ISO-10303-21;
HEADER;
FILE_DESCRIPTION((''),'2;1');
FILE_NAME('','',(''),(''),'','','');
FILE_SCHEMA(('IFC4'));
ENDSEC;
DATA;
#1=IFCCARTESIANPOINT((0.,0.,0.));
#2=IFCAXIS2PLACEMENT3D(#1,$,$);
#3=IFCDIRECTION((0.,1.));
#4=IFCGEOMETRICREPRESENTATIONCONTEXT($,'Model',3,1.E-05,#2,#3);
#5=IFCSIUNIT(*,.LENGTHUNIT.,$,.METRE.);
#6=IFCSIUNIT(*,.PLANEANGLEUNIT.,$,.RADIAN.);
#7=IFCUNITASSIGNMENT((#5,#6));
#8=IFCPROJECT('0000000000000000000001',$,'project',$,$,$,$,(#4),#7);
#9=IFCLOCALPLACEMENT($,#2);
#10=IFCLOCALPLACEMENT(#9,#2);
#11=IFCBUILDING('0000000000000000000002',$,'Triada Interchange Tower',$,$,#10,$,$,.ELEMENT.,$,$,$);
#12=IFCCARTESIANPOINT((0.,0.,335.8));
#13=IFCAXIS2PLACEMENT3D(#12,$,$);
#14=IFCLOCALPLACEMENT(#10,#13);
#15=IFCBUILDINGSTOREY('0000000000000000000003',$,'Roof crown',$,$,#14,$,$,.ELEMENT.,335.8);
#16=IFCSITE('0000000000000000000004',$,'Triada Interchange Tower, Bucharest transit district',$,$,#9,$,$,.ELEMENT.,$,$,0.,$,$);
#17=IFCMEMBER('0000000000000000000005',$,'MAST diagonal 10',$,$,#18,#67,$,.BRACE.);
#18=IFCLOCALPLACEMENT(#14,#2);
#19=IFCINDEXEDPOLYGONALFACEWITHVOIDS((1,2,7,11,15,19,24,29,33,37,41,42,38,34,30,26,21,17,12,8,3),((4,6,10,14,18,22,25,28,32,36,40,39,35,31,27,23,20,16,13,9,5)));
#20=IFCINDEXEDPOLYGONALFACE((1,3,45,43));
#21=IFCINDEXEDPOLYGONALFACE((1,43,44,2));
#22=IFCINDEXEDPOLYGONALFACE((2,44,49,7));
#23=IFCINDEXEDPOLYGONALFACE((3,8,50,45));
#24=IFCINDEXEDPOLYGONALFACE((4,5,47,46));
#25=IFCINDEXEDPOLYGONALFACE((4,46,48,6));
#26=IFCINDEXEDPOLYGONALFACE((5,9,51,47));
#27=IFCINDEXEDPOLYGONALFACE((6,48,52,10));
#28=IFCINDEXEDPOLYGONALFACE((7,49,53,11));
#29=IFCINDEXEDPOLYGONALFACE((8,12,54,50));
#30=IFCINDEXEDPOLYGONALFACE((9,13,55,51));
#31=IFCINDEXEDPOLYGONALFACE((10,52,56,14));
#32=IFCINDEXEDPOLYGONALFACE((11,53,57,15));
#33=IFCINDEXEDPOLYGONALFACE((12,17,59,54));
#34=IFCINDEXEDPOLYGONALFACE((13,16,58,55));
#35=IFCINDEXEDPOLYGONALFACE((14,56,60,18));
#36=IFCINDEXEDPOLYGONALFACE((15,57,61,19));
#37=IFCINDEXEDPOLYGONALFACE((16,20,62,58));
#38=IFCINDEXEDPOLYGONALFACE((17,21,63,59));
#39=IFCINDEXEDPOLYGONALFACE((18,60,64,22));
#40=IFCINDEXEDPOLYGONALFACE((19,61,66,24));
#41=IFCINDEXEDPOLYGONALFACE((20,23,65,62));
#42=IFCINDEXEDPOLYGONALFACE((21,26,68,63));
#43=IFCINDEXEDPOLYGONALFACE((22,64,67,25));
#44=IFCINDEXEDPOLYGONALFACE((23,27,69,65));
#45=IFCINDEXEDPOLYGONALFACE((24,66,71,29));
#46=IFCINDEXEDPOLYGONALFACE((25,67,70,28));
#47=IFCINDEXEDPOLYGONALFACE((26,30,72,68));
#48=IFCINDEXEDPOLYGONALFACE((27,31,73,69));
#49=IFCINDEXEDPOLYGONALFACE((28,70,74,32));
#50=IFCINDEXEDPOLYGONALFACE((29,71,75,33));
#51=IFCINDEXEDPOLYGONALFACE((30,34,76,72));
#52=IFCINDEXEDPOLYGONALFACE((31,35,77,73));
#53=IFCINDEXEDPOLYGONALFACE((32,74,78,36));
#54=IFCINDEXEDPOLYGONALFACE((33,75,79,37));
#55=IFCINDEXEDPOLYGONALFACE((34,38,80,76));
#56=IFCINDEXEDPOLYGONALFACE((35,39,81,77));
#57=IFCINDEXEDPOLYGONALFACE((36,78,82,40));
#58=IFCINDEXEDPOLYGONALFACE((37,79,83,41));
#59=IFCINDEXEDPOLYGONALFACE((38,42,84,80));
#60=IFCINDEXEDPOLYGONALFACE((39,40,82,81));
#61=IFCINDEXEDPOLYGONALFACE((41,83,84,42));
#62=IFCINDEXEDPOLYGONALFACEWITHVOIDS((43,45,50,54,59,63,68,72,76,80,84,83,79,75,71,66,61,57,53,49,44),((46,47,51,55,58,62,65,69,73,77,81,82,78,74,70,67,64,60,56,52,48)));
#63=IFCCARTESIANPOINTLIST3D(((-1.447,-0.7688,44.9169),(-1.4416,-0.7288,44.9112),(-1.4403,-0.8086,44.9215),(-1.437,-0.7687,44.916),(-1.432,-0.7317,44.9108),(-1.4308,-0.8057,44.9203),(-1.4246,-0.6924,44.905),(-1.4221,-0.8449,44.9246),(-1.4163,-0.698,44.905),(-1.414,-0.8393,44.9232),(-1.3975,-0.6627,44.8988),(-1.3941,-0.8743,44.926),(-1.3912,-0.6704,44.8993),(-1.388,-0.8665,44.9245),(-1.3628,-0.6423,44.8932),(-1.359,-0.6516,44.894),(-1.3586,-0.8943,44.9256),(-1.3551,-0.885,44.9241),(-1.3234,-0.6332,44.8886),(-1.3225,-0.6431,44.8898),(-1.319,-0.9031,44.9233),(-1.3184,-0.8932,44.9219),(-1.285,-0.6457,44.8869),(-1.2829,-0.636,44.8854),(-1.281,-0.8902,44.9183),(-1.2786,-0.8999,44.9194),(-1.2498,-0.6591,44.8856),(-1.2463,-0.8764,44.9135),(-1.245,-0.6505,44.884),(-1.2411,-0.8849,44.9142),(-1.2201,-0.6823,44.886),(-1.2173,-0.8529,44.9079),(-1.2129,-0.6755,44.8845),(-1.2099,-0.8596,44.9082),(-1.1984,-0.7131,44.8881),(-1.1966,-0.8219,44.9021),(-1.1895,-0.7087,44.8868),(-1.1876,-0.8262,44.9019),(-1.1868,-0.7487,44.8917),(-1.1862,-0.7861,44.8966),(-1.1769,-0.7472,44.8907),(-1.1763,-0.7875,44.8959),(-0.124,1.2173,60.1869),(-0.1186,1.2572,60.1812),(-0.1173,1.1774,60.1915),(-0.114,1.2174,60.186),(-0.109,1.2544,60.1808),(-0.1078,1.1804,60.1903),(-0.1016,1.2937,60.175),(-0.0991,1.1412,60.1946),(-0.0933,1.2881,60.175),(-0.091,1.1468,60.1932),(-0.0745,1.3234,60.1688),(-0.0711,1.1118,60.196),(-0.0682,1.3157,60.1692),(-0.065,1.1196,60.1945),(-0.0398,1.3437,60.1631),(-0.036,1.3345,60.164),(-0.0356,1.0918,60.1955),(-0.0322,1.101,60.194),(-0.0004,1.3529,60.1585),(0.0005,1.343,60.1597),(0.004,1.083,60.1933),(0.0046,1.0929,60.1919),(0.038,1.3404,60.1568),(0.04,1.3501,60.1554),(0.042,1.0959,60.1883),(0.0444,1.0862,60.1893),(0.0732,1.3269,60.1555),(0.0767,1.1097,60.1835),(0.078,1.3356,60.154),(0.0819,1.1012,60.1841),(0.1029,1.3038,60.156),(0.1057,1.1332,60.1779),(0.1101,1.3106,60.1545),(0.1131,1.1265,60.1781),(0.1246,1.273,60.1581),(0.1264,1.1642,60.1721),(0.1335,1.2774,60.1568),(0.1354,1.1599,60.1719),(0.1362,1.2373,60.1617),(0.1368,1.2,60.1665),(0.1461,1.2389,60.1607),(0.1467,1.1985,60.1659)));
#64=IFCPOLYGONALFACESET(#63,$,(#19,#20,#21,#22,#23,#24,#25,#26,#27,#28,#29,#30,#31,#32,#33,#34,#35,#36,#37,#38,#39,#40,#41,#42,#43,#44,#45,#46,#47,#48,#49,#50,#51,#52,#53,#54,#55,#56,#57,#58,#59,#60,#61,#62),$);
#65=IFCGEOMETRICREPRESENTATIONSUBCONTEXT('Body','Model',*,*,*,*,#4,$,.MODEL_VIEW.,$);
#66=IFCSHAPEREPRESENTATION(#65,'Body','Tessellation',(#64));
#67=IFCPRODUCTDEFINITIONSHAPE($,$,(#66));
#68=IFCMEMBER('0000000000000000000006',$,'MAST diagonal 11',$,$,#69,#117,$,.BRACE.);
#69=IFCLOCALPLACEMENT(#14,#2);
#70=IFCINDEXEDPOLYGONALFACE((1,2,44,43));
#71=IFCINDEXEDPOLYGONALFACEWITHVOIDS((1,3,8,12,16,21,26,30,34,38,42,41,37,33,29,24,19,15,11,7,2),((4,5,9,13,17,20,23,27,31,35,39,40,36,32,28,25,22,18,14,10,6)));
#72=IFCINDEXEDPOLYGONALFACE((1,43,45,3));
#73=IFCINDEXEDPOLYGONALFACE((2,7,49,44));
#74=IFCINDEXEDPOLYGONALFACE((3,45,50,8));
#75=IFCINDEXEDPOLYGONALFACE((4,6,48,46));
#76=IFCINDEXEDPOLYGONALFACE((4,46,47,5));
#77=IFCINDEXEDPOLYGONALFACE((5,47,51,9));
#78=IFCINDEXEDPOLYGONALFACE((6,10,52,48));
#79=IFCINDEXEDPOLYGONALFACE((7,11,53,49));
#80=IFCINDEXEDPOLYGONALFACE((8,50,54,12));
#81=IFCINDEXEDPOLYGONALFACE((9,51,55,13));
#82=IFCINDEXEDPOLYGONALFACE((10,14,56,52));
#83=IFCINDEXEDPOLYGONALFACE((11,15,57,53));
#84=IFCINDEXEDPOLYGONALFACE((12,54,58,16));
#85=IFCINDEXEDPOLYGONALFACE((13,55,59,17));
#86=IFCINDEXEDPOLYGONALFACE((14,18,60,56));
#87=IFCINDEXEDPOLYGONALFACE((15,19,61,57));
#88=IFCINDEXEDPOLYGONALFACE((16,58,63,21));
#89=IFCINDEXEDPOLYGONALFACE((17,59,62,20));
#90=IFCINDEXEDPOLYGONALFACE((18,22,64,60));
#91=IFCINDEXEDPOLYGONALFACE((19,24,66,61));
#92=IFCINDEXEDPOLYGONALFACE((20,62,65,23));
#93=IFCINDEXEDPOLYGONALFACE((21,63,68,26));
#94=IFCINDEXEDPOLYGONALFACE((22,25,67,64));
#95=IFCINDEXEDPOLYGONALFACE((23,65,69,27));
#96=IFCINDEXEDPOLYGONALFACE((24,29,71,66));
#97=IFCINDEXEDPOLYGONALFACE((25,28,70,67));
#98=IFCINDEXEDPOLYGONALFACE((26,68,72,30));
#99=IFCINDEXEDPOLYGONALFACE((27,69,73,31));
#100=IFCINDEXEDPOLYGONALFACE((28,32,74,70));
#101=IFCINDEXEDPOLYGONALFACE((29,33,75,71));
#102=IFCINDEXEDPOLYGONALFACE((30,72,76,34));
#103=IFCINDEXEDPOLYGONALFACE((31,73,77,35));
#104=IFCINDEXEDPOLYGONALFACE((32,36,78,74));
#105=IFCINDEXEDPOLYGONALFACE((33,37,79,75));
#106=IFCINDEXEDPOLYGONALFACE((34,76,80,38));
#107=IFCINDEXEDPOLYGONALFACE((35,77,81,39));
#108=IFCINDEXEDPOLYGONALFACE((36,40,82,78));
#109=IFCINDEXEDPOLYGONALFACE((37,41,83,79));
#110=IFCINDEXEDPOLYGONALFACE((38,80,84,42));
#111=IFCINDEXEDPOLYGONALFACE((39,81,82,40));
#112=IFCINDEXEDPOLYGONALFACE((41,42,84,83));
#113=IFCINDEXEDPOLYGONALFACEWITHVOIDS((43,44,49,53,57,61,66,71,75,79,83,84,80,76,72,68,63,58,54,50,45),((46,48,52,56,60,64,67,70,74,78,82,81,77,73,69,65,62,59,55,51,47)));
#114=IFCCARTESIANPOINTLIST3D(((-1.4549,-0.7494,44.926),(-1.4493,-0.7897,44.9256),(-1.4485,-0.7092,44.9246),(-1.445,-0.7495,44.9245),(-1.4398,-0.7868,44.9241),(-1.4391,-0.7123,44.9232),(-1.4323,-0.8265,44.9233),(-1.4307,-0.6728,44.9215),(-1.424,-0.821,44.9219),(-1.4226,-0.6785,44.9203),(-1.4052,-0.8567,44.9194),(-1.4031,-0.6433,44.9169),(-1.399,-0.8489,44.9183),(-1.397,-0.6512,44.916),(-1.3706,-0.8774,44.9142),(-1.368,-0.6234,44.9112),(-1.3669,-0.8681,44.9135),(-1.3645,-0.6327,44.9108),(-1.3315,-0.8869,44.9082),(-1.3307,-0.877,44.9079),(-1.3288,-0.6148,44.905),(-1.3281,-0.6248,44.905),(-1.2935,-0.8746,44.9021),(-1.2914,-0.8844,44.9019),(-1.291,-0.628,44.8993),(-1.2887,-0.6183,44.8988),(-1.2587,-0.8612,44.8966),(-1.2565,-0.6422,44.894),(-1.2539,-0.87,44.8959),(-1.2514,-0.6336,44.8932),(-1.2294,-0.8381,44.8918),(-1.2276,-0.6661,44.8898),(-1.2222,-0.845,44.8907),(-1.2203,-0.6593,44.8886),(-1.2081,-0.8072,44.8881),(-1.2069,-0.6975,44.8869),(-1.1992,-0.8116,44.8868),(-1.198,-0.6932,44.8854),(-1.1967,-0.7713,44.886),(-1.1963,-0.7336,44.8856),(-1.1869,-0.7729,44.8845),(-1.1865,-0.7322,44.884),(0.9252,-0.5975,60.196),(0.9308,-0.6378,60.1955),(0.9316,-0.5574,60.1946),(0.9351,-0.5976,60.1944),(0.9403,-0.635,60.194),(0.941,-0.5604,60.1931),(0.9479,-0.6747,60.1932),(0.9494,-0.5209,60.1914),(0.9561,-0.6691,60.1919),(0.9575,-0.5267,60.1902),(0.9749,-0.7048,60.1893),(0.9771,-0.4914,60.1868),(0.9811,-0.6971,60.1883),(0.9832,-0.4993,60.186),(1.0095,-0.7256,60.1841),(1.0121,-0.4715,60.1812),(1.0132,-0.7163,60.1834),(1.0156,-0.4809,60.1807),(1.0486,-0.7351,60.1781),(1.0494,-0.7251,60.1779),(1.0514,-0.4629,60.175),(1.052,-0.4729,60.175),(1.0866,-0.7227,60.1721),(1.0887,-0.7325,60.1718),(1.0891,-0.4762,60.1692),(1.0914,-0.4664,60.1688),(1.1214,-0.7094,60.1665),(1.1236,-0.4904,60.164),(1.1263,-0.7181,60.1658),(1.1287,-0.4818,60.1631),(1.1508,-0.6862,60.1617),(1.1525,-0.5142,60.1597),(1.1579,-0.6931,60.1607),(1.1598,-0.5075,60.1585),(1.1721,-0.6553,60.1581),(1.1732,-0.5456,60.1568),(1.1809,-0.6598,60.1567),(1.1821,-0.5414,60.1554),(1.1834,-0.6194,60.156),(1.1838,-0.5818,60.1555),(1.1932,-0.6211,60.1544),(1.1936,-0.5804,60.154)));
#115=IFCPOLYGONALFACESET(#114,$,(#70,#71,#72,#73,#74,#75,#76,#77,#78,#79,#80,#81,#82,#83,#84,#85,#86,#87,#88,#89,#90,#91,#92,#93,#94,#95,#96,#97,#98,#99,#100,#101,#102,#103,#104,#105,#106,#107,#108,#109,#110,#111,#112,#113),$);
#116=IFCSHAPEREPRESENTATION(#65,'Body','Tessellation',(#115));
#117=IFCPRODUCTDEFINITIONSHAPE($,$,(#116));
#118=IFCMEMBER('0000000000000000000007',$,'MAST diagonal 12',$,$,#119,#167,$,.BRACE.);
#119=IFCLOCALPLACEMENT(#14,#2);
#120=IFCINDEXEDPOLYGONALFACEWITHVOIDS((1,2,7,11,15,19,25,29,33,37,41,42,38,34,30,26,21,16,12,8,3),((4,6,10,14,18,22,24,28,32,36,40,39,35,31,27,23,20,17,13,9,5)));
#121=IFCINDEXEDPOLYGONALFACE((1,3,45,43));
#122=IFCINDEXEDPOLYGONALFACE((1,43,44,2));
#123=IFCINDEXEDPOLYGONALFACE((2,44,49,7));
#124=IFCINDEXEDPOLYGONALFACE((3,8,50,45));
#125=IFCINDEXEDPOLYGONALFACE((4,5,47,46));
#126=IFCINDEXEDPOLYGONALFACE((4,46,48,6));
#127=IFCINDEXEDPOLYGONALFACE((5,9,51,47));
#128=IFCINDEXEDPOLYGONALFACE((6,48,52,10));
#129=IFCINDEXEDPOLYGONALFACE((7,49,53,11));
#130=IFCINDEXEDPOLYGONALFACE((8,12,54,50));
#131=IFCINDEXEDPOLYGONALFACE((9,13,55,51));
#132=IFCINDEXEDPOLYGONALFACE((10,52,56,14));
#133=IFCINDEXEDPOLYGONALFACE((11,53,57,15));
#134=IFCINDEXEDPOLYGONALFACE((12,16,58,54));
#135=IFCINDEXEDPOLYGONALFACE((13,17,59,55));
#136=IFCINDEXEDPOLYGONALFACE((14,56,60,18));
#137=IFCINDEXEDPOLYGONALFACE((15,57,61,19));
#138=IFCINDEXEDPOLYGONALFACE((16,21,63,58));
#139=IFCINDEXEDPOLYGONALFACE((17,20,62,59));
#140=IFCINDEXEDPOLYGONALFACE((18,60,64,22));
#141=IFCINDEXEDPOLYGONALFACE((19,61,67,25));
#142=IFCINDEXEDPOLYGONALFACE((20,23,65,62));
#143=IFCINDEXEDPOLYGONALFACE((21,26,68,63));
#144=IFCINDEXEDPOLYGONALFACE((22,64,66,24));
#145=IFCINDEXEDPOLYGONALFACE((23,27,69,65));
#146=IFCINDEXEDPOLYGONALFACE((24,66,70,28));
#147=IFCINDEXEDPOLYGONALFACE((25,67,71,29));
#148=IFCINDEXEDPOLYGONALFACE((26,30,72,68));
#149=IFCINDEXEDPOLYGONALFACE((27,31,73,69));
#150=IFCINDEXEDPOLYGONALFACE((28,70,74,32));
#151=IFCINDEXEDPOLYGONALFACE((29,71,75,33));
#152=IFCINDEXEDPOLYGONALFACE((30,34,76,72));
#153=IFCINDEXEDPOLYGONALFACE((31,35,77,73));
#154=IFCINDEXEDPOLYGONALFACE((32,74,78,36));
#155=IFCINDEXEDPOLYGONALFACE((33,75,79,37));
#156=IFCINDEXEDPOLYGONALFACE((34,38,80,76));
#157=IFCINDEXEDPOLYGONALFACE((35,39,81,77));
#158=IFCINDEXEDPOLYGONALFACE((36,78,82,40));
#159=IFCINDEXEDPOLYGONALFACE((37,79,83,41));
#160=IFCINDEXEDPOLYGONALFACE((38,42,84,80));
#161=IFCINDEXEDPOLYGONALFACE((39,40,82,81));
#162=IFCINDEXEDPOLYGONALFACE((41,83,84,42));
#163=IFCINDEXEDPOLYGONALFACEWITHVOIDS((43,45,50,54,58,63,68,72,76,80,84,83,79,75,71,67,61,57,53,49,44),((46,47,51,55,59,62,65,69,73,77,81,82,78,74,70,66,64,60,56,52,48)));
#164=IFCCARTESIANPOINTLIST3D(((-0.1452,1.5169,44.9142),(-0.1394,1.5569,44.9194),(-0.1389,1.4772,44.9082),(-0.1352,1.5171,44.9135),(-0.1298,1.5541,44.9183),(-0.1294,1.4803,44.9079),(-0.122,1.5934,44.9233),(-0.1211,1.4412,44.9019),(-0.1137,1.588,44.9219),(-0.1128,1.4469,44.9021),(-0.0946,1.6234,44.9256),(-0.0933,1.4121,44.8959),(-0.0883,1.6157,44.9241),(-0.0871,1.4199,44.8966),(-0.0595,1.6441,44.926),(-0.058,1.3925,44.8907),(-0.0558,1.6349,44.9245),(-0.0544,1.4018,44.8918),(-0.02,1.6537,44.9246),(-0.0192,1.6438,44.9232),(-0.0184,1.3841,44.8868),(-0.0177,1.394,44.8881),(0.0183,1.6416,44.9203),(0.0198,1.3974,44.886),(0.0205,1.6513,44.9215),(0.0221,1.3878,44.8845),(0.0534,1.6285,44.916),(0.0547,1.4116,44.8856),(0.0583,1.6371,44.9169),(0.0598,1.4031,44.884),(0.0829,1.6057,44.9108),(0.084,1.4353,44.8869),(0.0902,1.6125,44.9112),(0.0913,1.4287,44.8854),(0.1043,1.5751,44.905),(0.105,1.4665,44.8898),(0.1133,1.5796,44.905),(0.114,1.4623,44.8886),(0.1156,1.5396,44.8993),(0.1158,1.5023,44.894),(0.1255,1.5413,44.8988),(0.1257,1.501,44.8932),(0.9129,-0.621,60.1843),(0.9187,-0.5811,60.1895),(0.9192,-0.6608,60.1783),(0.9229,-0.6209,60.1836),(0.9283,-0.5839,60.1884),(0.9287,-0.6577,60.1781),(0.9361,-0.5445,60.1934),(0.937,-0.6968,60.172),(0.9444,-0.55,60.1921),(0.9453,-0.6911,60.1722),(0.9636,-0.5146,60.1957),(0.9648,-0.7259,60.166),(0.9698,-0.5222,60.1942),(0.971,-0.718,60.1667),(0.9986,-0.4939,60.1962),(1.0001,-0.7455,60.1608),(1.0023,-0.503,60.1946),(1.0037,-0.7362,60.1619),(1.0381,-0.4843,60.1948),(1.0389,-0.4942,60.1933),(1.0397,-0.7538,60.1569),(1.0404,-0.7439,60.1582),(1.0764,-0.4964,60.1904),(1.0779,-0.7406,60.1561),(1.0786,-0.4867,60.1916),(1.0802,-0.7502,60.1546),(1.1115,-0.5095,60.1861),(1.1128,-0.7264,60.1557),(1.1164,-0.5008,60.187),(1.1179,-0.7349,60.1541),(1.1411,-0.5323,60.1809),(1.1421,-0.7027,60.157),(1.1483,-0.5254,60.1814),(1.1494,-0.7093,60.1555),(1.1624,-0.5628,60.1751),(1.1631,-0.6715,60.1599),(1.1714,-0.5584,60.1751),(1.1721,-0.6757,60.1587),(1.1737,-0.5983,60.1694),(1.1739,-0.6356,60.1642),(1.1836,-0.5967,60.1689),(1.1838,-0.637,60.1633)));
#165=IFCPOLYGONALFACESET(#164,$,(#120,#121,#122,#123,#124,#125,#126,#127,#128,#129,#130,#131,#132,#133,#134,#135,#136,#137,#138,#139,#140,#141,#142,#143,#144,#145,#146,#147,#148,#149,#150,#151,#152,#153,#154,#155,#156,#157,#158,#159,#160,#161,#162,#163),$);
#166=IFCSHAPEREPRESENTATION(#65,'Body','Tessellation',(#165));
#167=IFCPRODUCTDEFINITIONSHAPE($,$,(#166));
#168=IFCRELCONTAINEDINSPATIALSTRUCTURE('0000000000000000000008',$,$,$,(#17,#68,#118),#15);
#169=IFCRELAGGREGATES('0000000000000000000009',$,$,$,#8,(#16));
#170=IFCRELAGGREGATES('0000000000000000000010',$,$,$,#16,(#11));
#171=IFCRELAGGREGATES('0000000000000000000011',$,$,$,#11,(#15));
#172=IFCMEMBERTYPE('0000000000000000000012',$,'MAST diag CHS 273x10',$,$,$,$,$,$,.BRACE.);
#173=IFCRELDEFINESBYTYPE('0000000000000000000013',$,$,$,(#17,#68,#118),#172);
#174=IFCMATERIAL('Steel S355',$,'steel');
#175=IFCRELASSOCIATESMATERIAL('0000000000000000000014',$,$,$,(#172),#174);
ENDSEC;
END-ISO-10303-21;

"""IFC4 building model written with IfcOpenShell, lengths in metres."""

from ifc_helpers import new_model, si_unit, direction, frame, origin, origin_2d, place, context, subcontext, project, spatial, hollow_circle, extrude, material, material_profile, profile_set, type_object, element, save


model = new_model("IFC4")

# Units and contexts
model_context = context("Model", 3, precision=1e-05, world=origin(), true_north=direction((0.0, 1.0)))
body_context = subcontext(model_context, "Body", "Model", "MODEL_VIEW")
ifc_project = project(units=[si_unit("LENGTHUNIT", "METRE"), si_unit("PLANEANGLEUNIT", "RADIAN")], contexts=[model_context])

# Site, building, storey
site_placement = place(None, origin())
site = spatial("IfcSite", under=ifc_project, at=site_placement, Name="Triada Interchange Tower, Bucharest transit district", CompositionType="ELEMENT", RefElevation=0.0)
building_placement = place(site_placement, origin())
building = spatial("IfcBuilding", under=site, at=building_placement, Name="Triada Interchange Tower", CompositionType="ELEMENT")
storey_placement = place(building_placement, frame((0.0, 0.0, 335.8)))
storey = spatial("IfcBuildingStorey", under=building, at=storey_placement, Name="Roof crown", CompositionType="ELEMENT", Elevation=335.8)

# Members
ifc_material = material(Name="Steel S355", Category="steel")
ifc_material_profile_1 = material_profile(ifc_material, hollow_circle(Radius=0.1365, WallThickness=0.01, at=origin_2d()), Name="CHS 273x10")
ifc_profile_set_1 = profile_set([ifc_material_profile_1], Name="Steel S355")
member_type_1 = type_object("IfcMemberType", Name="MAST diag CHS 273x10", PredefinedType="BRACE", material=ifc_profile_set_1)
member_1_placement = place(storey_placement, frame((-1.311, -0.7681, 44.905), z_axis=(0.085601, 0.128504, 0.988008), x_axis=(-0.832255, 0.554393, 0.0)))
element("IfcMember", 1, at=member_1_placement, inside=storey, type_object=member_type_1, Name="MAST diagonal 10", PredefinedType="BRACE", context=body_context, shape_type="SweptSolid", body=[
    extrude(hollow_circle(Radius=0.1365, WallThickness=0.01, at=origin_2d()), origin(), (0.0, 0.0, 1.0), 15.4553),
])
member_2_placement = place(storey_placement, frame((-1.3201, -0.751, 44.905), z_axis=(0.154002, 0.009826, 0.988022), x_axis=(-0.063672, 0.997971, 0.0)))
element("IfcMember", 2, at=member_2_placement, inside=storey, type_object=member_type_1, Name="MAST diagonal 11", PredefinedType="BRACE", context=body_context, shape_type="SweptSolid", body=[
    extrude(hollow_circle(Radius=0.1365, WallThickness=0.01, at=origin_2d()), origin(), (0.0, 0.0, 1.0), 15.4551),
])
member_3_placement = place(storey_placement, frame((-0.009, 1.519, 44.905), z_axis=(0.068463, -0.138331, 0.988017), x_axis=(0.896242, 0.443566, 0.0)))
element("IfcMember", 3, at=member_3_placement, inside=storey, type_object=member_type_1, Name="MAST diagonal 12", PredefinedType="BRACE", context=body_context, shape_type="SweptSolid", body=[
    extrude(hollow_circle(Radius=0.1365, WallThickness=0.01, at=origin_2d()), origin(), (0.0, 0.0, 1.0), 15.4553),
])

save(model, "model.ifc")
